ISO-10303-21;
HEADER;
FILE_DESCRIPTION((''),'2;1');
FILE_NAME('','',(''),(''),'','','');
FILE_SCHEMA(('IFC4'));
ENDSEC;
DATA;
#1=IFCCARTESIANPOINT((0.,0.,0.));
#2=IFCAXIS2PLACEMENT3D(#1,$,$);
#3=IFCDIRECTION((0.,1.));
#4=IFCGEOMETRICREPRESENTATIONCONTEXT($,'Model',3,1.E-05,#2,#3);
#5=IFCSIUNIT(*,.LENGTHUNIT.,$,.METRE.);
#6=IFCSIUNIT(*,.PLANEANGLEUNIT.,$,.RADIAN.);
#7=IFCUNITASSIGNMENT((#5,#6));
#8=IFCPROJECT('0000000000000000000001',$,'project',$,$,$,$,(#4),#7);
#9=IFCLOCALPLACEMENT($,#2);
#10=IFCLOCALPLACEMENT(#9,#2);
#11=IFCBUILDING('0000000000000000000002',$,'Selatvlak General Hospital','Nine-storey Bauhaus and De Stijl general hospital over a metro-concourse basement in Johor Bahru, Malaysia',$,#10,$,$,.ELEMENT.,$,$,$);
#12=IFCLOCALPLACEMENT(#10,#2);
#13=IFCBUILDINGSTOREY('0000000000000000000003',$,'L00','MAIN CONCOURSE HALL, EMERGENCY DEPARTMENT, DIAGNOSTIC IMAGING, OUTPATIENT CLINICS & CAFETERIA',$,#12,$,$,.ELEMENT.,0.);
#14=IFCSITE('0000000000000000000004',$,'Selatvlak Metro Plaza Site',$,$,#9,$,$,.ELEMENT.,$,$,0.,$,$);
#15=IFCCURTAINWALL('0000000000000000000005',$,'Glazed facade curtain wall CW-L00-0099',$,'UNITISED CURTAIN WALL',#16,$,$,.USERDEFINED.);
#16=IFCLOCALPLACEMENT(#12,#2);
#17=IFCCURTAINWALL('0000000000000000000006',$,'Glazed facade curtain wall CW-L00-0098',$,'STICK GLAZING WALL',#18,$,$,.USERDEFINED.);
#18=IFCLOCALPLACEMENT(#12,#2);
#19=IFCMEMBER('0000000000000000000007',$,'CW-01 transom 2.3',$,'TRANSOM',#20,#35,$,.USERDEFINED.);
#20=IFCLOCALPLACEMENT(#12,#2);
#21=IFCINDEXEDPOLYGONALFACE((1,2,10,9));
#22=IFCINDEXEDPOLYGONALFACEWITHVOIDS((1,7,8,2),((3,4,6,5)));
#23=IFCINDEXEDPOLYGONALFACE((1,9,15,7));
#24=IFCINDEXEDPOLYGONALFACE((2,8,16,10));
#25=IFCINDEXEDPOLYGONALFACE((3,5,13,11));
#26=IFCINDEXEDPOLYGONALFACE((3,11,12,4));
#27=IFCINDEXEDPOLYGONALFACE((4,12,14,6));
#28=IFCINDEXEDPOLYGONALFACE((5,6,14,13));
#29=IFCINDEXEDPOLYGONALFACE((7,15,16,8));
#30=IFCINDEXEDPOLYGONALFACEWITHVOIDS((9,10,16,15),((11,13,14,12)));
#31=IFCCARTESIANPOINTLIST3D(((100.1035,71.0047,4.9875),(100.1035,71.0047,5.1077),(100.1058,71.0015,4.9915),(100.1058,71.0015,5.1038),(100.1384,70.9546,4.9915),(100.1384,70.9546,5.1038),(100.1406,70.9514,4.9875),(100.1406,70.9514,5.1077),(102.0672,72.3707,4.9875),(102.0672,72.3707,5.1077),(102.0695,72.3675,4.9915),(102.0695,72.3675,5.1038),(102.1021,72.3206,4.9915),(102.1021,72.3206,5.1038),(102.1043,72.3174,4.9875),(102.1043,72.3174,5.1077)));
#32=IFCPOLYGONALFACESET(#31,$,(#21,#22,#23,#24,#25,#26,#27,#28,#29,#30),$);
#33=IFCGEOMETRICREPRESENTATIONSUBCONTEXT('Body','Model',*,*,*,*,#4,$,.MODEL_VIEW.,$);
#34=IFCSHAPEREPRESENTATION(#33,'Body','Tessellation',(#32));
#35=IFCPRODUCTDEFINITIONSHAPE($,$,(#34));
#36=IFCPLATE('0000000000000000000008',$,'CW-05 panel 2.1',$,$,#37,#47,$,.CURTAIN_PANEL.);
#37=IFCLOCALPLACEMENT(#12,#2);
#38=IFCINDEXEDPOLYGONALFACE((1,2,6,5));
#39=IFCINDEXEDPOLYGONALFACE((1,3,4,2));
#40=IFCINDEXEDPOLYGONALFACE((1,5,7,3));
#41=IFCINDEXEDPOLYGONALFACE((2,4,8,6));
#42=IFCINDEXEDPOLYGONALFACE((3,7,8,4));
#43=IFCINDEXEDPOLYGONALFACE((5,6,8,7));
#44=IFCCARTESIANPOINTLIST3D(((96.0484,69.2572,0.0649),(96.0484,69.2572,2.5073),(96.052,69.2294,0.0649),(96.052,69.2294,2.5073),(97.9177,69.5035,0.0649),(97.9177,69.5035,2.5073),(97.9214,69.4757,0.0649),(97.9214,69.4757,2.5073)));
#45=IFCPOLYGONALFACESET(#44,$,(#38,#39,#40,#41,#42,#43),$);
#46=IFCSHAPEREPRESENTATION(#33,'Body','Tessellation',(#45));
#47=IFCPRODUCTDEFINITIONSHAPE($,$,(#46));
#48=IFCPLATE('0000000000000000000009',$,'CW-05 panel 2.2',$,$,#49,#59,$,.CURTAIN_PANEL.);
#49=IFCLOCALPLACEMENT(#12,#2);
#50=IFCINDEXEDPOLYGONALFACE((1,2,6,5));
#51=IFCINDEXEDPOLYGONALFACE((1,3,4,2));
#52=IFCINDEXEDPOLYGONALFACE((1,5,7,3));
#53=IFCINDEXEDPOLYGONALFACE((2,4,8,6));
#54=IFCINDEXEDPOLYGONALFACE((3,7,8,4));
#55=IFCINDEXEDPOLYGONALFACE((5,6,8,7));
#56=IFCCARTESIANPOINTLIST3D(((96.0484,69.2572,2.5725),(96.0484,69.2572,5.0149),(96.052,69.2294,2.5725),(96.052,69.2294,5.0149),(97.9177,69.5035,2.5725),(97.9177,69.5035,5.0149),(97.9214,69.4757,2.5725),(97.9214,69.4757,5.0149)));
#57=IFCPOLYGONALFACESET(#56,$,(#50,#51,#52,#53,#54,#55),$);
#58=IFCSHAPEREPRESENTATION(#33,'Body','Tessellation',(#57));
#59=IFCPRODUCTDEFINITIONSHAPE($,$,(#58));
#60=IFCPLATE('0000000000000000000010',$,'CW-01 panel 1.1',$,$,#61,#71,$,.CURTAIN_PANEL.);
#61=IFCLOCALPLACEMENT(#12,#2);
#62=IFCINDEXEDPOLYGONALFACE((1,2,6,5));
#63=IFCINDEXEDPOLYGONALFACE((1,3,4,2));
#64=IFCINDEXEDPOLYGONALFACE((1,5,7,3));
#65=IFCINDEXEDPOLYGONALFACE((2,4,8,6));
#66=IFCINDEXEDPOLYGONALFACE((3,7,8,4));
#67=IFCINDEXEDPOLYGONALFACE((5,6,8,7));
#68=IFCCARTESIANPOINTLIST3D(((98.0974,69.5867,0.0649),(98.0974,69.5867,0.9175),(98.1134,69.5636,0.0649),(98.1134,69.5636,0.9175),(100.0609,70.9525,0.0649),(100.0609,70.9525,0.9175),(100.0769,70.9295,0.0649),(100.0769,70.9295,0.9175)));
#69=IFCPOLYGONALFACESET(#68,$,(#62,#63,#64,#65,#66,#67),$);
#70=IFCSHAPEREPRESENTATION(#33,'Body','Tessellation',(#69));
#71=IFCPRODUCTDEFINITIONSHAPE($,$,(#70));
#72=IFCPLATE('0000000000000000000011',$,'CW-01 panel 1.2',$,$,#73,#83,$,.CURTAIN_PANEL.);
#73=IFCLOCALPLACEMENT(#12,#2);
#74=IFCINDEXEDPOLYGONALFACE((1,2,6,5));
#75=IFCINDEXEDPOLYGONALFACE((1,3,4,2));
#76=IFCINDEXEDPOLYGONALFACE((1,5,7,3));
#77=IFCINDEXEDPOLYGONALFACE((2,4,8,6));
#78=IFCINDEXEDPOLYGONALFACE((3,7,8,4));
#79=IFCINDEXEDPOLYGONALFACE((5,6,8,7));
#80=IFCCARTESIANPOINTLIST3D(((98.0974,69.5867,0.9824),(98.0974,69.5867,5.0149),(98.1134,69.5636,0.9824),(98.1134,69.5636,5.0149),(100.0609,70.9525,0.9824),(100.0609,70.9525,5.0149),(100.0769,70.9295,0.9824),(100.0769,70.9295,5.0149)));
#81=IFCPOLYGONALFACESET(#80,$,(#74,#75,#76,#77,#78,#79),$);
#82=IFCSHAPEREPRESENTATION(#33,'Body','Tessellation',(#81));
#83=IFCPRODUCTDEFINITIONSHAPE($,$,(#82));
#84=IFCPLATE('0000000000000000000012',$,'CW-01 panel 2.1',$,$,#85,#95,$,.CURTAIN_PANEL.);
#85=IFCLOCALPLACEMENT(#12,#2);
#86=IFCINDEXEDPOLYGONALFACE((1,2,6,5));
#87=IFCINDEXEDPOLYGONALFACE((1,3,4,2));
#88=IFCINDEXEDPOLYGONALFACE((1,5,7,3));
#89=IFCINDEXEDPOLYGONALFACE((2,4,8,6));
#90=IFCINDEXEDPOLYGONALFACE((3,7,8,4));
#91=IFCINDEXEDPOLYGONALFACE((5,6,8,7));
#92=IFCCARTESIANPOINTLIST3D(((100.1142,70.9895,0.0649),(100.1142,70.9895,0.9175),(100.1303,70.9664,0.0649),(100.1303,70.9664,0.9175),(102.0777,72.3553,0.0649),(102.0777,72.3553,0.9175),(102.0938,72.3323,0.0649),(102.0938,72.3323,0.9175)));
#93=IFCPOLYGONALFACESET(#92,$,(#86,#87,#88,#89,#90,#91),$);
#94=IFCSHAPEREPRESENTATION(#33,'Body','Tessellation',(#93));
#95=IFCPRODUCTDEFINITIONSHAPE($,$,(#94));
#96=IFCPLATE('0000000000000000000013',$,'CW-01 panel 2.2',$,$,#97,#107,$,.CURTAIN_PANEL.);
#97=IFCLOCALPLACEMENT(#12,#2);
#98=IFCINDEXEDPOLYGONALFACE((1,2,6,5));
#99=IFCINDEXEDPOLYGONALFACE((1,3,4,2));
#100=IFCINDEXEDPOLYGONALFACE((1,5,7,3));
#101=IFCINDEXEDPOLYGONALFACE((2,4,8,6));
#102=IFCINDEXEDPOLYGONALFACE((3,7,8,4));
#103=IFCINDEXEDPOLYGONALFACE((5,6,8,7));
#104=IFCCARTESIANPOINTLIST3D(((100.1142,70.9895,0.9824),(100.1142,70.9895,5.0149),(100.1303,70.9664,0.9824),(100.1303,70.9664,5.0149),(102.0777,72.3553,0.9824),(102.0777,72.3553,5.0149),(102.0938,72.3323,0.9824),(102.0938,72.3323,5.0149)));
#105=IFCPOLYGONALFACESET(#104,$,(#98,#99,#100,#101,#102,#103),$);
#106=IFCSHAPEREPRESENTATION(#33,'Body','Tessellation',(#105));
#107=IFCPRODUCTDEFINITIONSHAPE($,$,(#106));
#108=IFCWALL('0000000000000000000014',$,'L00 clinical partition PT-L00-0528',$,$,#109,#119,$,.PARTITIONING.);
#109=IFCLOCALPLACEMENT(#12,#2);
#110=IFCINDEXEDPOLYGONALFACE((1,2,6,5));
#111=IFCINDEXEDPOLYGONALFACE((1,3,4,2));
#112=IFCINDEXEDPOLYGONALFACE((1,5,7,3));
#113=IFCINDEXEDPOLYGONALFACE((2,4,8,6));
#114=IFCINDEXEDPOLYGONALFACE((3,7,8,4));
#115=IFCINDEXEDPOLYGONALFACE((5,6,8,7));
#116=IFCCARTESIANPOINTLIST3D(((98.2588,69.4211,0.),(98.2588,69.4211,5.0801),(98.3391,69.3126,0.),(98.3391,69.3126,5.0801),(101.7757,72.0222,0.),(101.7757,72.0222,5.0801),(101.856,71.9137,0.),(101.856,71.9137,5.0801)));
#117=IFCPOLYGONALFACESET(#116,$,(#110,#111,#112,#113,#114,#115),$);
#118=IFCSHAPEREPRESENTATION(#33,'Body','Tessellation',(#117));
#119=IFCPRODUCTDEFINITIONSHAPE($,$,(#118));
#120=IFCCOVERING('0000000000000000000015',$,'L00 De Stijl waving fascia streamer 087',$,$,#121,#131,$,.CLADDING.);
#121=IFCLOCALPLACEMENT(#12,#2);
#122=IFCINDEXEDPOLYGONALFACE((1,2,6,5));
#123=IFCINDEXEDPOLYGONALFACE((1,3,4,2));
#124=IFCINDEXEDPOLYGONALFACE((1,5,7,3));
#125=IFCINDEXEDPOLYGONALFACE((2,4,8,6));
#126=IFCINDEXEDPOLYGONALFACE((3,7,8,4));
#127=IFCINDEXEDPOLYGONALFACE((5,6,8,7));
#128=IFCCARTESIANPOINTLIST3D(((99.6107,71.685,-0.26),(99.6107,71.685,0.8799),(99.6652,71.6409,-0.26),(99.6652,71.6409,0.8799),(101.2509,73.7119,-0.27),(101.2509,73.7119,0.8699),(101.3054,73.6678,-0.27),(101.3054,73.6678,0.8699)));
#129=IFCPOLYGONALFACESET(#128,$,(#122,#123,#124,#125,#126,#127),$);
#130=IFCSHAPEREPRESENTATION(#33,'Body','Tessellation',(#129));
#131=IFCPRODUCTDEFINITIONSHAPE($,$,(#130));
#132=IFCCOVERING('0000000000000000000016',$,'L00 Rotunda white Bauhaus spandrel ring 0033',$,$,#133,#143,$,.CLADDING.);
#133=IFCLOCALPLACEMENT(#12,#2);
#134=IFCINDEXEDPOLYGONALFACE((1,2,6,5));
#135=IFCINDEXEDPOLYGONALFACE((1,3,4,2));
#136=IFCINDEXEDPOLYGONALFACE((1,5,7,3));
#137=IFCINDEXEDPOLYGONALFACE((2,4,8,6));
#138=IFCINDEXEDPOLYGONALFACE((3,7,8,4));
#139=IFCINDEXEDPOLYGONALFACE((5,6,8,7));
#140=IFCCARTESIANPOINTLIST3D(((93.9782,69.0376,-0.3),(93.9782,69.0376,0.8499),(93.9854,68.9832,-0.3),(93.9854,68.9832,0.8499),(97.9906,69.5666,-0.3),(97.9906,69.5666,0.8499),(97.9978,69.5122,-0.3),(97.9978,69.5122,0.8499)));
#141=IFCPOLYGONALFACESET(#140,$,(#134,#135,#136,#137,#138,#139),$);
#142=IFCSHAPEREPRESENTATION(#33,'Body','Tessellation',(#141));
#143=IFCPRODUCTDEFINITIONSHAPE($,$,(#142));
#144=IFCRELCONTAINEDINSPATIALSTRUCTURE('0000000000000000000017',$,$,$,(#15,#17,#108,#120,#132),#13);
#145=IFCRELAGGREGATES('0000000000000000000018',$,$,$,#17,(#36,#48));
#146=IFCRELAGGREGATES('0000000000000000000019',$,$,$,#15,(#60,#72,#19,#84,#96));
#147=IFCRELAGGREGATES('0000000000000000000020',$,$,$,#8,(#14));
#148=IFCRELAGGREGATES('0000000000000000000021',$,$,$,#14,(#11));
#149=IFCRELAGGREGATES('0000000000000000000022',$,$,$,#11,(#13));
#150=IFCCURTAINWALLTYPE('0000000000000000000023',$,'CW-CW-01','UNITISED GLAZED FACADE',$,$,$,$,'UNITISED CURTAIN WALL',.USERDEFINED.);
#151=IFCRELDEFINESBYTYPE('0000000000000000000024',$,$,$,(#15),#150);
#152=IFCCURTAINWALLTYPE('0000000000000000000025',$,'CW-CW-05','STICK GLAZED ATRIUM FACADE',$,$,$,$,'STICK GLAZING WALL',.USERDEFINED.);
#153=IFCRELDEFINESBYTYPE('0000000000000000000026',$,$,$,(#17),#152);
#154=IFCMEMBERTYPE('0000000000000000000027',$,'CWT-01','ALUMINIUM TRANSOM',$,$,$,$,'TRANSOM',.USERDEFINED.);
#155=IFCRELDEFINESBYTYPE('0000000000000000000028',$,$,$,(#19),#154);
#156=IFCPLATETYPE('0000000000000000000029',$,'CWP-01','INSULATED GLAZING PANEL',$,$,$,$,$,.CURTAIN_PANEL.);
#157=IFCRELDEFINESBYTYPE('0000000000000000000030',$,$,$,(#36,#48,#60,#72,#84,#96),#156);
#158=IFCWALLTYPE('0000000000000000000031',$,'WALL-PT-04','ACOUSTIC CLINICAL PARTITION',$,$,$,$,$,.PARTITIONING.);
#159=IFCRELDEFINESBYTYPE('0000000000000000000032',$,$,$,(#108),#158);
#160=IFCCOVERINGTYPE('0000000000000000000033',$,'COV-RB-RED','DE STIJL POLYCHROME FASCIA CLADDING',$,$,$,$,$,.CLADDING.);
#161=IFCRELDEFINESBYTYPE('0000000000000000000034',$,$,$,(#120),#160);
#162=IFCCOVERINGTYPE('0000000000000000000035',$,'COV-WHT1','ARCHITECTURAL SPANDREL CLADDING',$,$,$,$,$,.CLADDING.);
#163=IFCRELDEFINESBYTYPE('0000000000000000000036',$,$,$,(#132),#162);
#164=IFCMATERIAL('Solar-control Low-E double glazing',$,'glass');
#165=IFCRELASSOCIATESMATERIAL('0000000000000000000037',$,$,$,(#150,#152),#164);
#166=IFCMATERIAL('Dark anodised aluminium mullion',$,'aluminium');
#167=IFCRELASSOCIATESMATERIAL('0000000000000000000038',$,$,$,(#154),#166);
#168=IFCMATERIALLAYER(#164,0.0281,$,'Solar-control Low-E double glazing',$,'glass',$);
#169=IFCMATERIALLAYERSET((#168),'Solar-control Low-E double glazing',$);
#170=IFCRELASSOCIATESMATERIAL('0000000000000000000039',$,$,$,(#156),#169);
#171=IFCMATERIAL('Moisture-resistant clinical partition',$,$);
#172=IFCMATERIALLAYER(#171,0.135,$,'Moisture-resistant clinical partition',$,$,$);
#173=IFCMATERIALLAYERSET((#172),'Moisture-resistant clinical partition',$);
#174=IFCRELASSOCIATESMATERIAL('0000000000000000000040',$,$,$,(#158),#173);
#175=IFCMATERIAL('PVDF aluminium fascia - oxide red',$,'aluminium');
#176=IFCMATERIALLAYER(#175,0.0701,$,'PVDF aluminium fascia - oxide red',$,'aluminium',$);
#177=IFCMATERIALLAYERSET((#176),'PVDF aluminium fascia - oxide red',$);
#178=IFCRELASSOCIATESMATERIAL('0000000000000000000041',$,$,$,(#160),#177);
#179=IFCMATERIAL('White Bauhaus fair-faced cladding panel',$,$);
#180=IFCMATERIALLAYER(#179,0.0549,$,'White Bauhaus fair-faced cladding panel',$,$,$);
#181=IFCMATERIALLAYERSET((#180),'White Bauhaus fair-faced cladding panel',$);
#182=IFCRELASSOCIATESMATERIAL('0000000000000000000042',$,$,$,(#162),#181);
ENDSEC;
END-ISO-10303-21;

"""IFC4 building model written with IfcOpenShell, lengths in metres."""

from ifc_helpers import new_model, si_unit, direction, frame, frame_2d, origin, origin_2d, place, context, subcontext, project, spatial, polyline, rectangle, hollow_rectangle, outline, extrude, material, layer, layer_set, material_profile, profile_set, type_object, element, aggregate, save


model = new_model("IFC4")

# Units and contexts
model_context = context("Model", 3, precision=1e-05, world=origin(), true_north=direction((0.0, 1.0)))
body_context = subcontext(model_context, "Body", "Model", "MODEL_VIEW")
ifc_project = project(units=[si_unit("LENGTHUNIT", "METRE"), si_unit("PLANEANGLEUNIT", "RADIAN")], contexts=[model_context])

# Site, building, storey
site_placement = place(None, origin())
site = spatial("IfcSite", under=ifc_project, at=site_placement, Name="Selatvlak Metro Plaza Site", CompositionType="ELEMENT", RefElevation=0.0)
building_placement = place(site_placement, origin())
building = spatial("IfcBuilding", under=site, at=building_placement, Name="Selatvlak General Hospital", Description="Nine-storey Bauhaus and De Stijl general hospital over a metro-concourse basement in Johor Bahru, Malaysia", CompositionType="ELEMENT")
storey_placement = place(building_placement, origin())
storey = spatial("IfcBuildingStorey", under=building, at=storey_placement, Name="L00", Description="MAIN CONCOURSE HALL, EMERGENCY DEPARTMENT, DIAGNOSTIC IMAGING, OUTPATIENT CLINICS & CAFETERIA", CompositionType="ELEMENT", Elevation=0.0)

# Curtain wall
ifc_material_1 = material(Name="Solar-control Low-E double glazing", Category="glass")
curtain_wall_type_1 = type_object("IfcCurtainWallType", Name="CW-CW-01", Description="UNITISED GLAZED FACADE", ElementType="UNITISED CURTAIN WALL", PredefinedType="USERDEFINED", material=ifc_material_1)
curtain_wall_1_placement = place(storey_placement, origin())
curtain_wall_1 = element("IfcCurtainWall", 1, at=curtain_wall_1_placement, inside=storey, type_object=curtain_wall_type_1, Name="Glazed facade curtain wall CW-L00-0099", ObjectType="UNITISED CURTAIN WALL", PredefinedType="USERDEFINED")
ifc_material_2 = material(Name="Dark anodised aluminium mullion", Category="aluminium")

# Curtain wall
curtain_wall_type_2 = type_object("IfcCurtainWallType", Name="CW-CW-05", Description="STICK GLAZED ATRIUM FACADE", ElementType="STICK GLAZING WALL", PredefinedType="USERDEFINED", material=ifc_material_1)
curtain_wall_2_placement = place(storey_placement, origin())
curtain_wall_2 = element("IfcCurtainWall", 2, at=curtain_wall_2_placement, inside=storey, type_object=curtain_wall_type_2, Name="Glazed facade curtain wall CW-L00-0098", ObjectType="STICK GLAZING WALL", PredefinedType="USERDEFINED")

# Member
ifc_material_profile_1 = material_profile(ifc_material_2, hollow_rectangle(XDim=0.0649, YDim=0.1201, WallThickness=0.0039, at=origin_2d()), Name="AL-TRN 65x120x4")
ifc_profile_set_1 = profile_set([ifc_material_profile_1], Name="Dark anodised aluminium mullion")
member_type_1 = type_object("IfcMemberType", Name="CWT-01", Description="ALUMINIUM TRANSOM", ElementType="TRANSOM", PredefinedType="USERDEFINED", material=ifc_profile_set_1)
member_1_placement = place(storey_placement, frame((100.1221, 70.978, 5.0476), z_axis=(0.820911, 0.571056, 0.0), x_axis=(-0.571056, 0.820911, 0.0)))
member_1 = element("IfcMember", 3, at=member_1_placement, type_object=member_type_1, Name="CW-01 transom 2.3", ObjectType="TRANSOM", PredefinedType="USERDEFINED", context=body_context, shape_type="SweptSolid", body=[
    extrude(hollow_rectangle(XDim=0.0649, YDim=0.1201, WallThickness=0.0039, at=origin_2d()), origin(), (0.0, 0.0, 1.0), 2.3921),
])

# Plates
ifc_layer_1 = layer(ifc_material_1, 0.0281, Name="Solar-control Low-E double glazing", Category="glass")
ifc_layer_set_1 = layer_set([ifc_layer_1], Name="Solar-control Low-E double glazing")
plate_type = type_object("IfcPlateType", Name="CWP-01", Description="INSULATED GLAZING PANEL", PredefinedType="CURTAIN_PANEL", material=ifc_layer_set_1)
plate_1_placement = place(storey_placement, frame((96.9849, 69.3665, 0.0649), z_axis=(0.0, 0.0, 1.0), x_axis=(0.991434, 0.130611, 0.0)))
plate_1 = element("IfcPlate", 4, at=plate_1_placement, type_object=plate_type, Name="CW-05 panel 2.1", PredefinedType="CURTAIN_PANEL", context=body_context, shape_type="SweptSolid", body=[
    extrude(rectangle(XDim=1.8855, YDim=0.0281, at=origin_2d()), origin(), (0.0, 0.0, 1.0), 2.4424),
])
plate_2_placement = place(storey_placement, frame((96.9849, 69.3665, 2.5725), z_axis=(0.0, 0.0, 1.0), x_axis=(0.991434, 0.130611, 0.0)))
plate_2 = element("IfcPlate", 5, at=plate_2_placement, type_object=plate_type, Name="CW-05 panel 2.2", PredefinedType="CURTAIN_PANEL", context=body_context, shape_type="SweptSolid", body=[
    extrude(rectangle(XDim=1.8855, YDim=0.0281, at=origin_2d()), origin(), (0.0, 0.0, 1.0), 2.4424),
])
aggregate(curtain_wall_2, [plate_1, plate_2])
plate_3_placement = place(storey_placement, frame((99.0872, 70.2581, 0.0649), z_axis=(0.0, 0.0, 1.0), x_axis=(0.820917, 0.571047, 0.0)))
plate_3 = element("IfcPlate", 6, at=plate_3_placement, type_object=plate_type, Name="CW-01 panel 1.1", PredefinedType="CURTAIN_PANEL", context=body_context, shape_type="SweptSolid", body=[
    extrude(rectangle(XDim=2.3918, YDim=0.0281, at=origin_2d()), origin(), (0.0, 0.0, 1.0), 0.8525),
])
plate_4_placement = place(storey_placement, frame((99.0872, 70.2581, 0.9824), z_axis=(0.0, 0.0, 1.0), x_axis=(0.820917, 0.571047, 0.0)))
plate_4 = element("IfcPlate", 7, at=plate_4_placement, type_object=plate_type, Name="CW-01 panel 1.2", PredefinedType="CURTAIN_PANEL", context=body_context, shape_type="SweptSolid", body=[
    extrude(rectangle(XDim=2.3918, YDim=0.0281, at=origin_2d()), origin(), (0.0, 0.0, 1.0), 4.0325),
])
plate_5_placement = place(storey_placement, frame((101.104, 71.6609, 0.0649), z_axis=(0.0, 0.0, 1.0), x_axis=(0.820917, 0.571047, 0.0)))
plate_5 = element("IfcPlate", 8, at=plate_5_placement, type_object=plate_type, Name="CW-01 panel 2.1", PredefinedType="CURTAIN_PANEL", context=body_context, shape_type="SweptSolid", body=[
    extrude(rectangle(XDim=2.3918, YDim=0.0281, at=origin_2d()), origin(), (0.0, 0.0, 1.0), 0.8525),
])
plate_6_placement = place(storey_placement, frame((101.104, 71.6609, 0.9824), z_axis=(0.0, 0.0, 1.0), x_axis=(0.820917, 0.571047, 0.0)))
plate_6 = element("IfcPlate", 9, at=plate_6_placement, type_object=plate_type, Name="CW-01 panel 2.2", PredefinedType="CURTAIN_PANEL", context=body_context, shape_type="SweptSolid", body=[
    extrude(rectangle(XDim=2.3918, YDim=0.0281, at=origin_2d()), origin(), (0.0, 0.0, 1.0), 4.0325),
])
aggregate(curtain_wall_1, [plate_3, plate_4, member_1, plate_5, plate_6])

# Wall
ifc_material_3 = material(Name="Moisture-resistant clinical partition")
ifc_layer_2 = layer(ifc_material_3, 0.135, Name="Moisture-resistant clinical partition")
ifc_layer_set_2 = layer_set([ifc_layer_2], Name="Moisture-resistant clinical partition")
wall_type = type_object("IfcWallType", Name="WALL-PT-04", Description="ACOUSTIC CLINICAL PARTITION", PredefinedType="PARTITIONING", material=ifc_layer_set_2)
wall_placement = place(storey_placement, frame((98.2991, 69.3669, 0.0), z_axis=(0.0, 0.0, 1.0), x_axis=(0.803994, 0.594637, 0.0)))
element("IfcWall", 10, at=wall_placement, inside=storey, type_object=wall_type, Name="L00 clinical partition PT-L00-0528", PredefinedType="PARTITIONING", context=body_context, shape_type="SweptSolid", body=[
    extrude(rectangle(XDim=4.3743, YDim=0.135, at=frame_2d((2.187, 0.0))), origin(), (0.0, 0.0, 1.0), 5.0801),
])

# Coverings
ifc_material_4 = material(Name="PVDF aluminium fascia - oxide red", Category="aluminium")
ifc_layer_3 = layer(ifc_material_4, 0.0701, Name="PVDF aluminium fascia - oxide red", Category="aluminium")
ifc_layer_set_3 = layer_set([ifc_layer_3], Name="PVDF aluminium fascia - oxide red")
covering_type_1 = type_object("IfcCoveringType", Name="COV-RB-RED", Description="DE STIJL POLYCHROME FASCIA CLADDING", PredefinedType="CLADDING", material=ifc_layer_set_3)
covering_1_placement = place(storey_placement, frame((101.2781, 73.6899, -0.27), z_axis=(0.0, 0.0, 1.0), x_axis=(-0.629047, -0.777367, 0.0)))
element("IfcCovering", 11, at=covering_1_placement, inside=storey, type_object=covering_type_1, Name="L00 De Stijl waving fascia streamer 087", PredefinedType="CLADDING", context=body_context, shape_type="SweptSolid", body=[
    extrude(outline(polyline([(0.0, 0.0), (2.6074, 0.01), (2.6074, 1.1499), (0.0, 1.1399), (0.0, 0.0)])), frame((0.0, 0.0352, 0.0), z_axis=(0.0, -1.0, 0.0), x_axis=(1.0, 0.0, 0.0)), (0.0, 0.0, 1.0), 0.0701),
])
ifc_material_5 = material(Name="White Bauhaus fair-faced cladding panel")
ifc_layer_4 = layer(ifc_material_5, 0.0549, Name="White Bauhaus fair-faced cladding panel")
ifc_layer_set_4 = layer_set([ifc_layer_4], Name="White Bauhaus fair-faced cladding panel")
covering_type_2 = type_object("IfcCoveringType", Name="COV-WHT1", Description="ARCHITECTURAL SPANDREL CLADDING", PredefinedType="CLADDING", material=ifc_layer_set_4)
covering_2_placement = place(storey_placement, frame((95.988, 69.2749, -0.3), z_axis=(0.0, 0.0, 1.0), x_axis=(0.99142, 0.130717, 0.0)))
element("IfcCovering", 12, at=covering_2_placement, inside=storey, type_object=covering_type_2, Name="L00 Rotunda white Bauhaus spandrel ring 0033", PredefinedType="CLADDING", context=body_context, shape_type="SweptSolid", body=[
    extrude(rectangle(XDim=4.0471, YDim=0.0549, at=origin_2d()), origin(), (0.0, 0.0, 1.0), 1.1499),
])

save(model, "model.ifc")
